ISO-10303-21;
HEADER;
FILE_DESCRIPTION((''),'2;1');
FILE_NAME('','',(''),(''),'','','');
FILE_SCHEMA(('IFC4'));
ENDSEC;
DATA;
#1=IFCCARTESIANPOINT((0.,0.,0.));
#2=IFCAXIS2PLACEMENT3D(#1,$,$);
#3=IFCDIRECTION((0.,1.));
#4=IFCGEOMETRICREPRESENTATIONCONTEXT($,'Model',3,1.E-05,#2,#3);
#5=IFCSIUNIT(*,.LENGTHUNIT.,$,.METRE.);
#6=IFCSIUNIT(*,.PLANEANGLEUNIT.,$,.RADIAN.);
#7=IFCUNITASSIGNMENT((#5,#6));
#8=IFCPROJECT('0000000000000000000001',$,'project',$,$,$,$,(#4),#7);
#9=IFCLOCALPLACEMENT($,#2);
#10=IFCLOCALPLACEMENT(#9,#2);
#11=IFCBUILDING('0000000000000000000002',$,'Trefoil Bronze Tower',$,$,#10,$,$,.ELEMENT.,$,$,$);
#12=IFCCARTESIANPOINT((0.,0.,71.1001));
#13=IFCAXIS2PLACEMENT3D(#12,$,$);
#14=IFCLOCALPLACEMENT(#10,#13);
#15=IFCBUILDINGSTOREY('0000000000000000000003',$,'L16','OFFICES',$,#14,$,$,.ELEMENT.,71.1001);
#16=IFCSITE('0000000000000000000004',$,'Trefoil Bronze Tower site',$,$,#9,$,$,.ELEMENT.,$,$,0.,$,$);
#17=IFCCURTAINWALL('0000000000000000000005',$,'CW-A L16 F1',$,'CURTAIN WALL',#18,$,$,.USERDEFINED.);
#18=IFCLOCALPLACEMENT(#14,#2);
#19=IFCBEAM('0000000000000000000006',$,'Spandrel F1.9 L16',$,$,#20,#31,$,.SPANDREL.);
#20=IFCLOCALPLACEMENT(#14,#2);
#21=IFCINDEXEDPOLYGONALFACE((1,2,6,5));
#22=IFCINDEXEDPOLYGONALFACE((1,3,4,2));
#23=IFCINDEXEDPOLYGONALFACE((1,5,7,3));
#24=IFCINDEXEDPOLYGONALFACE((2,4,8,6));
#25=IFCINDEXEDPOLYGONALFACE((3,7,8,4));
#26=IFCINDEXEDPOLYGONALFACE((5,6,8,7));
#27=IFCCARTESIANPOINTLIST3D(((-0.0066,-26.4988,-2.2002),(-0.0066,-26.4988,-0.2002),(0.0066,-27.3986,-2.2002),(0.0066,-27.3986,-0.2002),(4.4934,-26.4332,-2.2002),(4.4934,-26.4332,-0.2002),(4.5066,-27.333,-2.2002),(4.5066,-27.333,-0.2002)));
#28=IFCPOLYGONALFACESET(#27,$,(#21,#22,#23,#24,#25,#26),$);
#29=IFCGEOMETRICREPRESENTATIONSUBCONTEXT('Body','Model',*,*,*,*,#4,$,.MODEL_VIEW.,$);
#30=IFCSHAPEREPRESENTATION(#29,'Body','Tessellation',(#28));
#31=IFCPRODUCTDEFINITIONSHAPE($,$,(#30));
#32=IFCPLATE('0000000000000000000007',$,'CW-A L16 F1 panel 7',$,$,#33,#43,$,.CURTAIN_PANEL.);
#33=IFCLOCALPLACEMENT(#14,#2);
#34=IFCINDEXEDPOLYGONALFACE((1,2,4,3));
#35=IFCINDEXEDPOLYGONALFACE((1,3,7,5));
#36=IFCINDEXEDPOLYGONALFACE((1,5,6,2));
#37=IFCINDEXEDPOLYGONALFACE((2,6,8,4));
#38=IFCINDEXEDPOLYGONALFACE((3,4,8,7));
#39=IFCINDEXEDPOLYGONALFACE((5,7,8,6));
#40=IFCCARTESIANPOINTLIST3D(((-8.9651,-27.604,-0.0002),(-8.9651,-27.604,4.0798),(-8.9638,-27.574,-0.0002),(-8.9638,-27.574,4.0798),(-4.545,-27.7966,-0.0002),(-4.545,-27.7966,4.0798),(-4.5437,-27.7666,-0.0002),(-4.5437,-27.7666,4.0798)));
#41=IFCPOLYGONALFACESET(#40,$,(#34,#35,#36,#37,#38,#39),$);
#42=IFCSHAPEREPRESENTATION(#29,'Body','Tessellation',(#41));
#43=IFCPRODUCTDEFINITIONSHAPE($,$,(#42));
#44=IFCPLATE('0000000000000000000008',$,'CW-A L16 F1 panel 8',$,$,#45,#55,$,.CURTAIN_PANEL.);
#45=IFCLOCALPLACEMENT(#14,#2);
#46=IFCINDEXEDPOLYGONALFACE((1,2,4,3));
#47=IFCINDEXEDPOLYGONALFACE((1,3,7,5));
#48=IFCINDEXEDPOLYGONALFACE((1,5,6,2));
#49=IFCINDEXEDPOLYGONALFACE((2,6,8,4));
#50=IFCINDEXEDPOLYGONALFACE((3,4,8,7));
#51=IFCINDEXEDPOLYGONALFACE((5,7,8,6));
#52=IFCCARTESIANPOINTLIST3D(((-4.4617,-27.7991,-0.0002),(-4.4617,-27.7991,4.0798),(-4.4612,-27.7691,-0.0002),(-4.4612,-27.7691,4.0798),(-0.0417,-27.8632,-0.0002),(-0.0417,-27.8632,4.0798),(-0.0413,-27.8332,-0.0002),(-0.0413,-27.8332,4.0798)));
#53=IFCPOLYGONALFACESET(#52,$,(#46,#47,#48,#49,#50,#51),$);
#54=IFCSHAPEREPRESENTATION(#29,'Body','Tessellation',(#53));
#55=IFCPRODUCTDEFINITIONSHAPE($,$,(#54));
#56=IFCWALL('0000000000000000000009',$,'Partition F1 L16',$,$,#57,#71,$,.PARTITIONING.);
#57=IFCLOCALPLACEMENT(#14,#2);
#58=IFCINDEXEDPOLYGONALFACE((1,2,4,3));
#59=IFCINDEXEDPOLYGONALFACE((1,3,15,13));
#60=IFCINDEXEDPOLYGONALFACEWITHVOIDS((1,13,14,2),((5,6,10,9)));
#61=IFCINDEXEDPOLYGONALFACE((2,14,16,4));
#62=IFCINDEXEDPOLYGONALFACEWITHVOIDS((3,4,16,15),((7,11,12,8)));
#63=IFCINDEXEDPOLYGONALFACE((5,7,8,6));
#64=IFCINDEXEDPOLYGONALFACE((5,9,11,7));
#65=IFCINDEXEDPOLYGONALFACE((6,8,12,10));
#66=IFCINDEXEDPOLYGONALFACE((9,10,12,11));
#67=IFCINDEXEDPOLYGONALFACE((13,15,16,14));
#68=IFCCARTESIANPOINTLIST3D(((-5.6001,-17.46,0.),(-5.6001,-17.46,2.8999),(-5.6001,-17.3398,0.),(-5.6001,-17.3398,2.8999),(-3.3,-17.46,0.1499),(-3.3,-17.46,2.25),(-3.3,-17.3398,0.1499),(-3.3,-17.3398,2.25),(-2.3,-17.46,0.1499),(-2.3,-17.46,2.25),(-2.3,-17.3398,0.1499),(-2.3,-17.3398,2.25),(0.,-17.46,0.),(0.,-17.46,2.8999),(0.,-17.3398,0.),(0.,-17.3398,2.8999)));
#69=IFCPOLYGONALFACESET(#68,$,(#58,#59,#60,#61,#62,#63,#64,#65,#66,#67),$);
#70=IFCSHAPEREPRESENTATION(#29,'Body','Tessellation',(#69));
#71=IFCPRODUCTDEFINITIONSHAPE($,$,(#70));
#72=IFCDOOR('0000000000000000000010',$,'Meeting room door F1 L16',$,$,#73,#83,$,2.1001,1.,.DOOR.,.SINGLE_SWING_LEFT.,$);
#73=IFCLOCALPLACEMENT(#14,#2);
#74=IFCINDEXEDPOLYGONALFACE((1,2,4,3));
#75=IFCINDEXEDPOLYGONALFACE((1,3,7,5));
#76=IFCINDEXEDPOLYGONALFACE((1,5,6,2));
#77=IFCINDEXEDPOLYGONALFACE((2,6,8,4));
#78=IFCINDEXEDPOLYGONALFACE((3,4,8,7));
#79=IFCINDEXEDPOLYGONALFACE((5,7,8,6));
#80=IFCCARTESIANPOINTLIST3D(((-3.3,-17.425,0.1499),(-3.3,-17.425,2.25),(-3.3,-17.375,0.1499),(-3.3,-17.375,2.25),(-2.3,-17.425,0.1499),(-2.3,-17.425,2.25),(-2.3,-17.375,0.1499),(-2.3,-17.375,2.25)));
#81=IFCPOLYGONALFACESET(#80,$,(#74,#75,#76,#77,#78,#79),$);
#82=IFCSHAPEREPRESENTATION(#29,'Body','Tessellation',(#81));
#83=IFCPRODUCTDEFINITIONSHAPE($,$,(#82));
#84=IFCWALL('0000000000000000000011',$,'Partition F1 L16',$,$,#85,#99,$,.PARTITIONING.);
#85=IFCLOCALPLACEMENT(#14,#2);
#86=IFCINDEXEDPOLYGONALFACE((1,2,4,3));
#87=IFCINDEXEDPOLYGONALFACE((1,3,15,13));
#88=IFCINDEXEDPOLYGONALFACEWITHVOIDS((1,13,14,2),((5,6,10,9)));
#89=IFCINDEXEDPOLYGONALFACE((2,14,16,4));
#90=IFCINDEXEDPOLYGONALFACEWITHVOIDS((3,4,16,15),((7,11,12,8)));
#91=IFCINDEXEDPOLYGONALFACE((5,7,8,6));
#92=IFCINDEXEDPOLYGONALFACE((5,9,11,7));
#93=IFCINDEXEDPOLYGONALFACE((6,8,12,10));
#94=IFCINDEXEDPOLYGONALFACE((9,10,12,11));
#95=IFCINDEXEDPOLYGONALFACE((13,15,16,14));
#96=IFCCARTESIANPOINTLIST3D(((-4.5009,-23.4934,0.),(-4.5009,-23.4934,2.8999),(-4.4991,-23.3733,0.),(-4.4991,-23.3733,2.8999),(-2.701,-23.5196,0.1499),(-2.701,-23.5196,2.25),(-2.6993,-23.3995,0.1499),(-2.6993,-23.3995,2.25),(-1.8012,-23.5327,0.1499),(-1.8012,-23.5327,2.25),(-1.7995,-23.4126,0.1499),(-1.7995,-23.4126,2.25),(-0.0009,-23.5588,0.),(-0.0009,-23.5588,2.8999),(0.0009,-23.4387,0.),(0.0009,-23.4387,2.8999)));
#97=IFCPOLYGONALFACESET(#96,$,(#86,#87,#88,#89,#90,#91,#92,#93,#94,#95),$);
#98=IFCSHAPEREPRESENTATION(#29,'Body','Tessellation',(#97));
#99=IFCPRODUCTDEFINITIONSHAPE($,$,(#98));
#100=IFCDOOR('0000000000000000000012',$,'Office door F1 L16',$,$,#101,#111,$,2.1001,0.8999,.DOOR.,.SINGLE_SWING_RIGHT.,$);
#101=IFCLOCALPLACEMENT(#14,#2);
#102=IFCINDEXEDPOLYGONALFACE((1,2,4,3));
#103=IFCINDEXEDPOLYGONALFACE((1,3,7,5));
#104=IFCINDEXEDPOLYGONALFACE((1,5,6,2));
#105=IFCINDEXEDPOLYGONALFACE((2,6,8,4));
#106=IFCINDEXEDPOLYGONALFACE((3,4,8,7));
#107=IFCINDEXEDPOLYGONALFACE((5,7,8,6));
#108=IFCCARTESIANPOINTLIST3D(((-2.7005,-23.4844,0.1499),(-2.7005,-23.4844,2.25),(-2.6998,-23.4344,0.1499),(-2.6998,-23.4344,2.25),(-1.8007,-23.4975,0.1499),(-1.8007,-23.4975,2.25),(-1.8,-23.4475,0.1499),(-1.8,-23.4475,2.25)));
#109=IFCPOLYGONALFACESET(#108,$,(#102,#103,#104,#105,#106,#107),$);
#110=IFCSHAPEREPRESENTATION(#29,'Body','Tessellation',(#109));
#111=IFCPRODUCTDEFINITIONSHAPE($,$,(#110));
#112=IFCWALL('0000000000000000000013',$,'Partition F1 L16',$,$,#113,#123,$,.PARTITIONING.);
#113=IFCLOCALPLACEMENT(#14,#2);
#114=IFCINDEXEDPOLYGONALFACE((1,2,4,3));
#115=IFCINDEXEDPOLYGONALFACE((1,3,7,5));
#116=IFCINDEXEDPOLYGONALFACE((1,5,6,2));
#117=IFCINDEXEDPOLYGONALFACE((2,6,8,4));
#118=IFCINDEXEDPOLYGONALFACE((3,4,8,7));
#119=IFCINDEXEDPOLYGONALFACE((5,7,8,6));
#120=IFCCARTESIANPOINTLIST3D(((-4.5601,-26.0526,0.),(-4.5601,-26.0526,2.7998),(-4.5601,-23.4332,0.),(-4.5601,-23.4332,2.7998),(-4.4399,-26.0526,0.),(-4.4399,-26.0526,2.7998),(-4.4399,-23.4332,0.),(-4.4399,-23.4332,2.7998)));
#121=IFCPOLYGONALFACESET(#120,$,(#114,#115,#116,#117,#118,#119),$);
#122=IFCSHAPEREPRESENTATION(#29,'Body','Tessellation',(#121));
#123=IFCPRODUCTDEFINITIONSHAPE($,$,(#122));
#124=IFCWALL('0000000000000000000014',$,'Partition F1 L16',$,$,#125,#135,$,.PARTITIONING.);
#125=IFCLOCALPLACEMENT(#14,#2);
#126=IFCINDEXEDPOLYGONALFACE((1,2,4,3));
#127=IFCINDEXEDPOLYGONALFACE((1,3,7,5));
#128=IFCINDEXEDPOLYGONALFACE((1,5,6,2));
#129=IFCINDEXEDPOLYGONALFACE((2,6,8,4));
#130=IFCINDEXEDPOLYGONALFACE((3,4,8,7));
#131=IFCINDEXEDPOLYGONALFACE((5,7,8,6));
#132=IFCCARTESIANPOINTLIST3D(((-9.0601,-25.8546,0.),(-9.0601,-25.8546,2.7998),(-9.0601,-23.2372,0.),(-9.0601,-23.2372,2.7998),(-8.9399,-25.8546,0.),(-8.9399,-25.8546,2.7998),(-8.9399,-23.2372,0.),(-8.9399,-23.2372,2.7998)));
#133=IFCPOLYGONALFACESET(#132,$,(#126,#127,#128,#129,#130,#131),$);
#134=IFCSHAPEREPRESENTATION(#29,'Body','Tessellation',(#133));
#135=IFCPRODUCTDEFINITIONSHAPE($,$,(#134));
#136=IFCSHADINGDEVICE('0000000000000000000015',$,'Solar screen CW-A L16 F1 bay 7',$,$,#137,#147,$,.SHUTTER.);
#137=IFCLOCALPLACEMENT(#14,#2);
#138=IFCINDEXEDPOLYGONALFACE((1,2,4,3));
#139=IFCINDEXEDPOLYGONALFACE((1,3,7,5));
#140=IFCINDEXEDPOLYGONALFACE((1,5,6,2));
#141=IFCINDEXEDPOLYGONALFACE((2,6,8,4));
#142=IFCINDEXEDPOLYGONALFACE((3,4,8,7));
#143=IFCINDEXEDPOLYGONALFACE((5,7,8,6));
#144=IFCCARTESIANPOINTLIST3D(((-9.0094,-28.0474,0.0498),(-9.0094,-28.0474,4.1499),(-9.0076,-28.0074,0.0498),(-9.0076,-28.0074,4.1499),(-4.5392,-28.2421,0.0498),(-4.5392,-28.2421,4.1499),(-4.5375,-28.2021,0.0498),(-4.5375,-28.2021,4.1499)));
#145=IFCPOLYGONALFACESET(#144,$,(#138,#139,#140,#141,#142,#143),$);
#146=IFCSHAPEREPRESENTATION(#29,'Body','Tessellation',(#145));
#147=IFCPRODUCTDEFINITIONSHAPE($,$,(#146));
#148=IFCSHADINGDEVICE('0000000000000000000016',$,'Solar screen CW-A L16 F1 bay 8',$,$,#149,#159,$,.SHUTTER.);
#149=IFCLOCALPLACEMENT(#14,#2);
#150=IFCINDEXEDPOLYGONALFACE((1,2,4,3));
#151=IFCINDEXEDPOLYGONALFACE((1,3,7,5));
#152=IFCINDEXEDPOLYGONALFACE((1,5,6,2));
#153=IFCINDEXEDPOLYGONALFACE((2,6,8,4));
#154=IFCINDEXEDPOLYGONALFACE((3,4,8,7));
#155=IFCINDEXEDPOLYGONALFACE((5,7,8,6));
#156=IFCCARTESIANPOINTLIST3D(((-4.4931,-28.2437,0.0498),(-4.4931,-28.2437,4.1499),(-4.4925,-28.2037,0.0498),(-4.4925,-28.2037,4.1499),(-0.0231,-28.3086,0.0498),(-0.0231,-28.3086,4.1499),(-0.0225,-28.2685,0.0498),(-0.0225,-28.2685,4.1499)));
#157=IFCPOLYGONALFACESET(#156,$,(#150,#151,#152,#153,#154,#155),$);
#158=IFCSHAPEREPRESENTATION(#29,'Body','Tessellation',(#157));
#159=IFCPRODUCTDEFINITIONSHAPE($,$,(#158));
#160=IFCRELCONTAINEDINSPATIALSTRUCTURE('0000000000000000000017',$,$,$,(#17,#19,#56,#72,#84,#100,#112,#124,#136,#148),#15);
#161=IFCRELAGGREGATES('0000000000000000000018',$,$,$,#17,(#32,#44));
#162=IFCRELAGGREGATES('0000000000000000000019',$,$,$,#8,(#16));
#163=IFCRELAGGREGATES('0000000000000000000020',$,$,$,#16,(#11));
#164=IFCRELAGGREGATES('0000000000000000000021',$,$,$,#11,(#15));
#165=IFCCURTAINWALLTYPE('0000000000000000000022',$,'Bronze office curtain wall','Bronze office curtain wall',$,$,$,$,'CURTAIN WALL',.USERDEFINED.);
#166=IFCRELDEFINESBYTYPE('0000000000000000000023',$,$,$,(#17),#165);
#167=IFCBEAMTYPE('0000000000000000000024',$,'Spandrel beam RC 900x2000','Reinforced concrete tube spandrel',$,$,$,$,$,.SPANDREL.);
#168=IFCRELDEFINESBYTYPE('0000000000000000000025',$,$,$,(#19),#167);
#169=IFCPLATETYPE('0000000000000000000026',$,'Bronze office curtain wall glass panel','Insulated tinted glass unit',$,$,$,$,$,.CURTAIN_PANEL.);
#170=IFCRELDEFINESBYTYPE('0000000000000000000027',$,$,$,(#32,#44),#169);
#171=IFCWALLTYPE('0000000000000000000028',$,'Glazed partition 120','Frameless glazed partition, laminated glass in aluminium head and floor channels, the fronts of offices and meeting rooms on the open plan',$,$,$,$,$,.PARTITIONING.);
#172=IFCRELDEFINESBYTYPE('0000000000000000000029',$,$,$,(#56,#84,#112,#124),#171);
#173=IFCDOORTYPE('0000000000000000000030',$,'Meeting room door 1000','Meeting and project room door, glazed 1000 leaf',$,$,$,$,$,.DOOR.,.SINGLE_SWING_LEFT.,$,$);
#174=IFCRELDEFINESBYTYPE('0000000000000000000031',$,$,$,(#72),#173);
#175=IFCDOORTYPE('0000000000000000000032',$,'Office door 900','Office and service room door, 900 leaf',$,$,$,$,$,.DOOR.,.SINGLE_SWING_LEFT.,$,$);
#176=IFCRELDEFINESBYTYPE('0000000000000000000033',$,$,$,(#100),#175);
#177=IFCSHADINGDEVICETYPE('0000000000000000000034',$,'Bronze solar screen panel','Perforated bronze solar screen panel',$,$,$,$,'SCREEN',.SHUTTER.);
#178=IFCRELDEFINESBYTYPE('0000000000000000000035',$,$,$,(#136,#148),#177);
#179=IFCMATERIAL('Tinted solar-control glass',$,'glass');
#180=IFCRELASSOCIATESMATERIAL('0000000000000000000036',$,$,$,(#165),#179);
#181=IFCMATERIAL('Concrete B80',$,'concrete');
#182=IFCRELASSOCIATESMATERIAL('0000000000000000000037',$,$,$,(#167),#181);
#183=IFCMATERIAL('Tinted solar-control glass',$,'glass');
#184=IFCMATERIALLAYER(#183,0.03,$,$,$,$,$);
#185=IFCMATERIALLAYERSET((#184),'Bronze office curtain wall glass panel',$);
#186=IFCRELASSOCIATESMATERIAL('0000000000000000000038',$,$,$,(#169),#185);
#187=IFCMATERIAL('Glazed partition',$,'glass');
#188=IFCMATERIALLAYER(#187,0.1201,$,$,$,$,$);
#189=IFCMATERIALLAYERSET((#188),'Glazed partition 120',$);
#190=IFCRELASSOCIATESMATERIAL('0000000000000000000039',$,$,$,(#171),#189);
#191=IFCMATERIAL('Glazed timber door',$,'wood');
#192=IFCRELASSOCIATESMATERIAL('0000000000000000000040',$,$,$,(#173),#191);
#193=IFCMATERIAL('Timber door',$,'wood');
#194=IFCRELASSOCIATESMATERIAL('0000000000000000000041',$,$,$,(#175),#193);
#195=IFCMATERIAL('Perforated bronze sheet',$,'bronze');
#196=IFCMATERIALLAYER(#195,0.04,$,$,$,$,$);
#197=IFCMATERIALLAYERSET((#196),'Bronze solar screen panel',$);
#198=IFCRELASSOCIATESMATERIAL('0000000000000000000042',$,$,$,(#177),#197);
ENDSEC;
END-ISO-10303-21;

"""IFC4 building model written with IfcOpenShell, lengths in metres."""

from ifc_helpers import new_model, si_unit, direction, frame, frame_2d, origin, origin_2d, place, context, subcontext, project, spatial, rectangle, extrude, material, layer, layer_set, material_profile, profile_set, type_object, element, fill, aggregate, save


model = new_model("IFC4")

# Units and contexts
model_context = context("Model", 3, precision=1e-05, world=origin(), true_north=direction((0.0, 1.0)))
body_context = subcontext(model_context, "Body", "Model", "MODEL_VIEW")
ifc_project = project(units=[si_unit("LENGTHUNIT", "METRE"), si_unit("PLANEANGLEUNIT", "RADIAN")], contexts=[model_context])

# Site, building, storey
site_placement = place(None, origin())
site = spatial("IfcSite", under=ifc_project, at=site_placement, Name="Trefoil Bronze Tower site", CompositionType="ELEMENT", RefElevation=0.0)
building_placement = place(site_placement, origin())
building = spatial("IfcBuilding", under=site, at=building_placement, Name="Trefoil Bronze Tower", CompositionType="ELEMENT")
storey_placement = place(building_placement, frame((0.0, 0.0, 71.1001)))
storey = spatial("IfcBuildingStorey", under=building, at=storey_placement, Name="L16", Description="OFFICES", CompositionType="ELEMENT", Elevation=71.1001)

# Curtain wall
ifc_material_1 = material(Name="Tinted solar-control glass", Category="glass")
curtain_wall_type = type_object("IfcCurtainWallType", Name="Bronze office curtain wall", Description="Bronze office curtain wall", ElementType="CURTAIN WALL", PredefinedType="USERDEFINED", material=ifc_material_1)
curtain_wall_placement = place(storey_placement, origin())
curtain_wall = element("IfcCurtainWall", 1, at=curtain_wall_placement, inside=storey, type_object=curtain_wall_type, Name="CW-A L16 F1", ObjectType="CURTAIN WALL", PredefinedType="USERDEFINED")

# Beam
ifc_material_2 = material(Name="Concrete B80", Category="concrete")
ifc_material_profile_1 = material_profile(ifc_material_2, rectangle(XDim=0.8999, YDim=2.0, at=origin_2d()), Name="RC 900x2000")
ifc_profile_set_1 = profile_set([ifc_material_profile_1], Name="Concrete B80")
beam_type_1 = type_object("IfcBeamType", Name="Spandrel beam RC 900x2000", Description="Reinforced concrete tube spandrel", PredefinedType="SPANDREL", material=ifc_profile_set_1)
for number, where, z_axis, x_axis, name in (
    (2, (0.0, -26.9487, -1.2002), (0.999894, 0.014593, 0.0), (-0.014593, 0.999894, 0.0), "Spandrel F1.9 L16"),
):
    element("IfcBeam", number, at=place(storey_placement, frame(where, z_axis=z_axis, x_axis=x_axis)), inside=storey, type_object=beam_type_1, Name=name, PredefinedType="SPANDREL", context=body_context, shape_type="SweptSolid", body=[
        extrude(rectangle(XDim=0.8999, YDim=2.0, at=origin_2d()), origin(), (0.0, 0.0, 1.0), 4.5005),
    ])

# Plates
ifc_material_3 = material(Name="Tinted solar-control glass", Category="glass")
ifc_layer_1 = layer(ifc_material_3, 0.03)
ifc_layer_set_1 = layer_set([ifc_layer_1], Name="Bronze office curtain wall glass panel")
plate_type = type_object("IfcPlateType", Name="Bronze office curtain wall glass panel", Description="Insulated tinted glass unit", PredefinedType="CURTAIN_PANEL", material=ifc_layer_set_1)
plate_1_placement = place(storey_placement, frame((-6.7544, -27.6853, -0.0002), z_axis=(0.0, 0.0, 1.0), x_axis=(0.999052, -0.043528, 0.0)))
plate_1 = element("IfcPlate", 3, at=plate_1_placement, type_object=plate_type, Name="CW-A L16 F1 panel 7", PredefinedType="CURTAIN_PANEL", context=body_context, shape_type="SweptSolid", body=[
    extrude(rectangle(XDim=4.4243, YDim=0.03, at=origin_2d()), origin(), (0.0, 0.0, 1.0), 4.0801),
])
plate_2_placement = place(storey_placement, frame((-2.2515, -27.8162, -0.0002), z_axis=(0.0, 0.0, 1.0), x_axis=(0.999895, -0.014509, 0.0)))
plate_2 = element("IfcPlate", 4, at=plate_2_placement, type_object=plate_type, Name="CW-A L16 F1 panel 8", PredefinedType="CURTAIN_PANEL", context=body_context, shape_type="SweptSolid", body=[
    extrude(rectangle(XDim=4.4204, YDim=0.03, at=origin_2d()), origin(), (0.0, 0.0, 1.0), 4.0801),
])
aggregate(curtain_wall, [plate_1, plate_2])

# Walls, openings, doors
ifc_material_4 = material(Name="Glazed partition", Category="glass")
ifc_layer_2 = layer(ifc_material_4, 0.1201)
ifc_layer_set_2 = layer_set([ifc_layer_2], Name="Glazed partition 120")
wall_type = type_object("IfcWallType", Name="Glazed partition 120", Description="Frameless glazed partition, laminated glass in aluminium head and floor channels, the fronts of offices and meeting rooms on the open plan", PredefinedType="PARTITIONING", material=ifc_layer_set_2)
wall_1_placement = place(storey_placement, frame((-5.6001, -17.3999, 0.0), z_axis=(0.0, 0.0, 1.0), x_axis=(1.0, 0.0, 0.0)))
wall_1 = element("IfcWall", 5, at=wall_1_placement, inside=storey, type_object=wall_type, Name="Partition F1 L16", PredefinedType="PARTITIONING", context=body_context, shape_type="SweptSolid", body=[
    extrude(rectangle(XDim=5.6001, YDim=0.1201, at=frame_2d((2.8, 0.0))), origin(), (0.0, 0.0, 1.0), 2.8999),
])
opening_1_placement = place(wall_1_placement, frame((2.3, 0.0, 0.1499)))
opening_1 = element("IfcOpeningElement", 6, at=opening_1_placement, cuts=wall_1, PredefinedType="OPENING", context=body_context, shape_type="SweptSolid", body=[
    extrude(rectangle(XDim=1.0, YDim=2.1001, at=frame_2d((0.5, 1.05))), frame((0.0, 0.0701, 0.0), z_axis=(0.0, -1.0, 0.0), x_axis=(1.0, 0.0, 0.0)), (0.0, 0.0, 1.0), 0.1401),
])
ifc_material_5 = material(Name="Glazed timber door", Category="wood")
door_type_1 = type_object("IfcDoorType", Name="Meeting room door 1000", Description="Meeting and project room door, glazed 1000 leaf", OperationType="SINGLE_SWING_LEFT", PredefinedType="DOOR", material=ifc_material_5)
door_1_placement = place(opening_1_placement, origin())
door_1 = element("IfcDoor", 7, at=door_1_placement, inside=storey, type_object=door_type_1, Name="Meeting room door F1 L16", OperationType="SINGLE_SWING_LEFT", OverallHeight=2.1001, OverallWidth=1.0, PredefinedType="DOOR", context=body_context, shape_type="SweptSolid", body=[
    extrude(rectangle(XDim=1.0, YDim=2.1001, at=frame_2d((0.5, 1.05))), frame((0.0, 0.0249, 0.0), z_axis=(0.0, -1.0, 0.0), x_axis=(1.0, 0.0, 0.0)), (0.0, 0.0, 1.0), 0.05),
])
fill(opening_1, door_1)
wall_2_placement = place(storey_placement, frame((-4.5, -23.4333, 0.0), z_axis=(0.0, 0.0, 1.0), x_axis=(0.999894, -0.014538, 0.0)))
wall_2 = element("IfcWall", 8, at=wall_2_placement, inside=storey, type_object=wall_type, Name="Partition F1 L16", PredefinedType="PARTITIONING", context=body_context, shape_type="SweptSolid", body=[
    extrude(rectangle(XDim=4.5005, YDim=0.1201, at=frame_2d((2.2502, 0.0))), origin(), (0.0, 0.0, 1.0), 2.8999),
])
opening_2_placement = place(wall_2_placement, frame((1.8, 0.0, 0.1499)))
opening_2 = element("IfcOpeningElement", 9, at=opening_2_placement, cuts=wall_2, PredefinedType="OPENING", context=body_context, shape_type="SweptSolid", body=[
    extrude(rectangle(XDim=0.8999, YDim=2.1001, at=frame_2d((0.45, 1.05))), frame((0.0, 0.0701, 0.0), z_axis=(0.0, -1.0, 0.0), x_axis=(1.0, 0.0, 0.0)), (0.0, 0.0, 1.0), 0.1401),
])
ifc_material_6 = material(Name="Timber door", Category="wood")
door_type_2 = type_object("IfcDoorType", Name="Office door 900", Description="Office and service room door, 900 leaf", OperationType="SINGLE_SWING_LEFT", PredefinedType="DOOR", material=ifc_material_6)
door_2_placement = place(opening_2_placement, frame((0.8999, 0.0, 0.0), z_axis=(0.0, 0.0, 1.0), x_axis=(-1.0, 0.0, 0.0)))
door_2 = element("IfcDoor", 10, at=door_2_placement, inside=storey, type_object=door_type_2, Name="Office door F1 L16", OperationType="SINGLE_SWING_RIGHT", OverallHeight=2.1001, OverallWidth=0.8999, PredefinedType="DOOR", context=body_context, shape_type="SweptSolid", body=[
    extrude(rectangle(XDim=0.8999, YDim=2.1001, at=frame_2d((0.45, 1.05))), frame((0.0, 0.0249, 0.0), z_axis=(0.0, -1.0, 0.0), x_axis=(1.0, 0.0, 0.0)), (0.0, 0.0, 1.0), 0.05),
])
fill(opening_2, door_2)

# Walls
wall_3_placement = place(storey_placement, frame((-4.5, -23.4333, 0.0), z_axis=(0.0, 0.0, 1.0), x_axis=(0.0, -1.0, 0.0)))
element("IfcWall", 11, at=wall_3_placement, inside=storey, type_object=wall_type, Name="Partition F1 L16", PredefinedType="PARTITIONING", context=body_context, shape_type="SweptSolid", body=[
    extrude(rectangle(XDim=2.6194, YDim=0.1201, at=frame_2d((1.3096, 0.0))), origin(), (0.0, 0.0, 1.0), 2.7998),
])
wall_4_placement = place(storey_placement, frame((-9.0, -23.2373, 0.0), z_axis=(0.0, 0.0, 1.0), x_axis=(0.0, -1.0, 0.0)))
element("IfcWall", 12, at=wall_4_placement, inside=storey, type_object=wall_type, Name="Partition F1 L16", PredefinedType="PARTITIONING", context=body_context, shape_type="SweptSolid", body=[
    extrude(rectangle(XDim=2.6174, YDim=0.1201, at=frame_2d((1.3086, 0.0))), origin(), (0.0, 0.0, 1.0), 2.7998),
])

# Shading devices
ifc_material_7 = material(Name="Perforated bronze sheet", Category="bronze")
ifc_layer_3 = layer(ifc_material_7, 0.04)
ifc_layer_set_3 = layer_set([ifc_layer_3], Name="Bronze solar screen panel")
shading_device_type = type_object("IfcShadingDeviceType", Name="Bronze solar screen panel", Description="Perforated bronze solar screen panel", ElementType="SCREEN", PredefinedType="SHUTTER", material=ifc_layer_set_3)
shading_device_1_placement = place(storey_placement, frame((-6.7734, -28.1248, 0.0498), z_axis=(0.0, 0.0, 1.0), x_axis=(0.999052, -0.043528, 0.0)))
element("IfcShadingDevice", 13, at=shading_device_1_placement, inside=storey, type_object=shading_device_type, Name="Solar screen CW-A L16 F1 bay 7", PredefinedType="SHUTTER", context=body_context, shape_type="SweptSolid", body=[
    extrude(rectangle(XDim=4.4744, YDim=0.04, at=origin_2d()), origin(), (0.0, 0.0, 1.0), 4.1001),
])
shading_device_2_placement = place(storey_placement, frame((-2.2578, -28.2561, 0.0498), z_axis=(0.0, 0.0, 1.0), x_axis=(0.999895, -0.014509, 0.0)))
element("IfcShadingDevice", 14, at=shading_device_2_placement, inside=storey, type_object=shading_device_type, Name="Solar screen CW-A L16 F1 bay 8", PredefinedType="SHUTTER", context=body_context, shape_type="SweptSolid", body=[
    extrude(rectangle(XDim=4.4705, YDim=0.04, at=origin_2d()), origin(), (0.0, 0.0, 1.0), 4.1001),
])

save(model, "model.ifc")
